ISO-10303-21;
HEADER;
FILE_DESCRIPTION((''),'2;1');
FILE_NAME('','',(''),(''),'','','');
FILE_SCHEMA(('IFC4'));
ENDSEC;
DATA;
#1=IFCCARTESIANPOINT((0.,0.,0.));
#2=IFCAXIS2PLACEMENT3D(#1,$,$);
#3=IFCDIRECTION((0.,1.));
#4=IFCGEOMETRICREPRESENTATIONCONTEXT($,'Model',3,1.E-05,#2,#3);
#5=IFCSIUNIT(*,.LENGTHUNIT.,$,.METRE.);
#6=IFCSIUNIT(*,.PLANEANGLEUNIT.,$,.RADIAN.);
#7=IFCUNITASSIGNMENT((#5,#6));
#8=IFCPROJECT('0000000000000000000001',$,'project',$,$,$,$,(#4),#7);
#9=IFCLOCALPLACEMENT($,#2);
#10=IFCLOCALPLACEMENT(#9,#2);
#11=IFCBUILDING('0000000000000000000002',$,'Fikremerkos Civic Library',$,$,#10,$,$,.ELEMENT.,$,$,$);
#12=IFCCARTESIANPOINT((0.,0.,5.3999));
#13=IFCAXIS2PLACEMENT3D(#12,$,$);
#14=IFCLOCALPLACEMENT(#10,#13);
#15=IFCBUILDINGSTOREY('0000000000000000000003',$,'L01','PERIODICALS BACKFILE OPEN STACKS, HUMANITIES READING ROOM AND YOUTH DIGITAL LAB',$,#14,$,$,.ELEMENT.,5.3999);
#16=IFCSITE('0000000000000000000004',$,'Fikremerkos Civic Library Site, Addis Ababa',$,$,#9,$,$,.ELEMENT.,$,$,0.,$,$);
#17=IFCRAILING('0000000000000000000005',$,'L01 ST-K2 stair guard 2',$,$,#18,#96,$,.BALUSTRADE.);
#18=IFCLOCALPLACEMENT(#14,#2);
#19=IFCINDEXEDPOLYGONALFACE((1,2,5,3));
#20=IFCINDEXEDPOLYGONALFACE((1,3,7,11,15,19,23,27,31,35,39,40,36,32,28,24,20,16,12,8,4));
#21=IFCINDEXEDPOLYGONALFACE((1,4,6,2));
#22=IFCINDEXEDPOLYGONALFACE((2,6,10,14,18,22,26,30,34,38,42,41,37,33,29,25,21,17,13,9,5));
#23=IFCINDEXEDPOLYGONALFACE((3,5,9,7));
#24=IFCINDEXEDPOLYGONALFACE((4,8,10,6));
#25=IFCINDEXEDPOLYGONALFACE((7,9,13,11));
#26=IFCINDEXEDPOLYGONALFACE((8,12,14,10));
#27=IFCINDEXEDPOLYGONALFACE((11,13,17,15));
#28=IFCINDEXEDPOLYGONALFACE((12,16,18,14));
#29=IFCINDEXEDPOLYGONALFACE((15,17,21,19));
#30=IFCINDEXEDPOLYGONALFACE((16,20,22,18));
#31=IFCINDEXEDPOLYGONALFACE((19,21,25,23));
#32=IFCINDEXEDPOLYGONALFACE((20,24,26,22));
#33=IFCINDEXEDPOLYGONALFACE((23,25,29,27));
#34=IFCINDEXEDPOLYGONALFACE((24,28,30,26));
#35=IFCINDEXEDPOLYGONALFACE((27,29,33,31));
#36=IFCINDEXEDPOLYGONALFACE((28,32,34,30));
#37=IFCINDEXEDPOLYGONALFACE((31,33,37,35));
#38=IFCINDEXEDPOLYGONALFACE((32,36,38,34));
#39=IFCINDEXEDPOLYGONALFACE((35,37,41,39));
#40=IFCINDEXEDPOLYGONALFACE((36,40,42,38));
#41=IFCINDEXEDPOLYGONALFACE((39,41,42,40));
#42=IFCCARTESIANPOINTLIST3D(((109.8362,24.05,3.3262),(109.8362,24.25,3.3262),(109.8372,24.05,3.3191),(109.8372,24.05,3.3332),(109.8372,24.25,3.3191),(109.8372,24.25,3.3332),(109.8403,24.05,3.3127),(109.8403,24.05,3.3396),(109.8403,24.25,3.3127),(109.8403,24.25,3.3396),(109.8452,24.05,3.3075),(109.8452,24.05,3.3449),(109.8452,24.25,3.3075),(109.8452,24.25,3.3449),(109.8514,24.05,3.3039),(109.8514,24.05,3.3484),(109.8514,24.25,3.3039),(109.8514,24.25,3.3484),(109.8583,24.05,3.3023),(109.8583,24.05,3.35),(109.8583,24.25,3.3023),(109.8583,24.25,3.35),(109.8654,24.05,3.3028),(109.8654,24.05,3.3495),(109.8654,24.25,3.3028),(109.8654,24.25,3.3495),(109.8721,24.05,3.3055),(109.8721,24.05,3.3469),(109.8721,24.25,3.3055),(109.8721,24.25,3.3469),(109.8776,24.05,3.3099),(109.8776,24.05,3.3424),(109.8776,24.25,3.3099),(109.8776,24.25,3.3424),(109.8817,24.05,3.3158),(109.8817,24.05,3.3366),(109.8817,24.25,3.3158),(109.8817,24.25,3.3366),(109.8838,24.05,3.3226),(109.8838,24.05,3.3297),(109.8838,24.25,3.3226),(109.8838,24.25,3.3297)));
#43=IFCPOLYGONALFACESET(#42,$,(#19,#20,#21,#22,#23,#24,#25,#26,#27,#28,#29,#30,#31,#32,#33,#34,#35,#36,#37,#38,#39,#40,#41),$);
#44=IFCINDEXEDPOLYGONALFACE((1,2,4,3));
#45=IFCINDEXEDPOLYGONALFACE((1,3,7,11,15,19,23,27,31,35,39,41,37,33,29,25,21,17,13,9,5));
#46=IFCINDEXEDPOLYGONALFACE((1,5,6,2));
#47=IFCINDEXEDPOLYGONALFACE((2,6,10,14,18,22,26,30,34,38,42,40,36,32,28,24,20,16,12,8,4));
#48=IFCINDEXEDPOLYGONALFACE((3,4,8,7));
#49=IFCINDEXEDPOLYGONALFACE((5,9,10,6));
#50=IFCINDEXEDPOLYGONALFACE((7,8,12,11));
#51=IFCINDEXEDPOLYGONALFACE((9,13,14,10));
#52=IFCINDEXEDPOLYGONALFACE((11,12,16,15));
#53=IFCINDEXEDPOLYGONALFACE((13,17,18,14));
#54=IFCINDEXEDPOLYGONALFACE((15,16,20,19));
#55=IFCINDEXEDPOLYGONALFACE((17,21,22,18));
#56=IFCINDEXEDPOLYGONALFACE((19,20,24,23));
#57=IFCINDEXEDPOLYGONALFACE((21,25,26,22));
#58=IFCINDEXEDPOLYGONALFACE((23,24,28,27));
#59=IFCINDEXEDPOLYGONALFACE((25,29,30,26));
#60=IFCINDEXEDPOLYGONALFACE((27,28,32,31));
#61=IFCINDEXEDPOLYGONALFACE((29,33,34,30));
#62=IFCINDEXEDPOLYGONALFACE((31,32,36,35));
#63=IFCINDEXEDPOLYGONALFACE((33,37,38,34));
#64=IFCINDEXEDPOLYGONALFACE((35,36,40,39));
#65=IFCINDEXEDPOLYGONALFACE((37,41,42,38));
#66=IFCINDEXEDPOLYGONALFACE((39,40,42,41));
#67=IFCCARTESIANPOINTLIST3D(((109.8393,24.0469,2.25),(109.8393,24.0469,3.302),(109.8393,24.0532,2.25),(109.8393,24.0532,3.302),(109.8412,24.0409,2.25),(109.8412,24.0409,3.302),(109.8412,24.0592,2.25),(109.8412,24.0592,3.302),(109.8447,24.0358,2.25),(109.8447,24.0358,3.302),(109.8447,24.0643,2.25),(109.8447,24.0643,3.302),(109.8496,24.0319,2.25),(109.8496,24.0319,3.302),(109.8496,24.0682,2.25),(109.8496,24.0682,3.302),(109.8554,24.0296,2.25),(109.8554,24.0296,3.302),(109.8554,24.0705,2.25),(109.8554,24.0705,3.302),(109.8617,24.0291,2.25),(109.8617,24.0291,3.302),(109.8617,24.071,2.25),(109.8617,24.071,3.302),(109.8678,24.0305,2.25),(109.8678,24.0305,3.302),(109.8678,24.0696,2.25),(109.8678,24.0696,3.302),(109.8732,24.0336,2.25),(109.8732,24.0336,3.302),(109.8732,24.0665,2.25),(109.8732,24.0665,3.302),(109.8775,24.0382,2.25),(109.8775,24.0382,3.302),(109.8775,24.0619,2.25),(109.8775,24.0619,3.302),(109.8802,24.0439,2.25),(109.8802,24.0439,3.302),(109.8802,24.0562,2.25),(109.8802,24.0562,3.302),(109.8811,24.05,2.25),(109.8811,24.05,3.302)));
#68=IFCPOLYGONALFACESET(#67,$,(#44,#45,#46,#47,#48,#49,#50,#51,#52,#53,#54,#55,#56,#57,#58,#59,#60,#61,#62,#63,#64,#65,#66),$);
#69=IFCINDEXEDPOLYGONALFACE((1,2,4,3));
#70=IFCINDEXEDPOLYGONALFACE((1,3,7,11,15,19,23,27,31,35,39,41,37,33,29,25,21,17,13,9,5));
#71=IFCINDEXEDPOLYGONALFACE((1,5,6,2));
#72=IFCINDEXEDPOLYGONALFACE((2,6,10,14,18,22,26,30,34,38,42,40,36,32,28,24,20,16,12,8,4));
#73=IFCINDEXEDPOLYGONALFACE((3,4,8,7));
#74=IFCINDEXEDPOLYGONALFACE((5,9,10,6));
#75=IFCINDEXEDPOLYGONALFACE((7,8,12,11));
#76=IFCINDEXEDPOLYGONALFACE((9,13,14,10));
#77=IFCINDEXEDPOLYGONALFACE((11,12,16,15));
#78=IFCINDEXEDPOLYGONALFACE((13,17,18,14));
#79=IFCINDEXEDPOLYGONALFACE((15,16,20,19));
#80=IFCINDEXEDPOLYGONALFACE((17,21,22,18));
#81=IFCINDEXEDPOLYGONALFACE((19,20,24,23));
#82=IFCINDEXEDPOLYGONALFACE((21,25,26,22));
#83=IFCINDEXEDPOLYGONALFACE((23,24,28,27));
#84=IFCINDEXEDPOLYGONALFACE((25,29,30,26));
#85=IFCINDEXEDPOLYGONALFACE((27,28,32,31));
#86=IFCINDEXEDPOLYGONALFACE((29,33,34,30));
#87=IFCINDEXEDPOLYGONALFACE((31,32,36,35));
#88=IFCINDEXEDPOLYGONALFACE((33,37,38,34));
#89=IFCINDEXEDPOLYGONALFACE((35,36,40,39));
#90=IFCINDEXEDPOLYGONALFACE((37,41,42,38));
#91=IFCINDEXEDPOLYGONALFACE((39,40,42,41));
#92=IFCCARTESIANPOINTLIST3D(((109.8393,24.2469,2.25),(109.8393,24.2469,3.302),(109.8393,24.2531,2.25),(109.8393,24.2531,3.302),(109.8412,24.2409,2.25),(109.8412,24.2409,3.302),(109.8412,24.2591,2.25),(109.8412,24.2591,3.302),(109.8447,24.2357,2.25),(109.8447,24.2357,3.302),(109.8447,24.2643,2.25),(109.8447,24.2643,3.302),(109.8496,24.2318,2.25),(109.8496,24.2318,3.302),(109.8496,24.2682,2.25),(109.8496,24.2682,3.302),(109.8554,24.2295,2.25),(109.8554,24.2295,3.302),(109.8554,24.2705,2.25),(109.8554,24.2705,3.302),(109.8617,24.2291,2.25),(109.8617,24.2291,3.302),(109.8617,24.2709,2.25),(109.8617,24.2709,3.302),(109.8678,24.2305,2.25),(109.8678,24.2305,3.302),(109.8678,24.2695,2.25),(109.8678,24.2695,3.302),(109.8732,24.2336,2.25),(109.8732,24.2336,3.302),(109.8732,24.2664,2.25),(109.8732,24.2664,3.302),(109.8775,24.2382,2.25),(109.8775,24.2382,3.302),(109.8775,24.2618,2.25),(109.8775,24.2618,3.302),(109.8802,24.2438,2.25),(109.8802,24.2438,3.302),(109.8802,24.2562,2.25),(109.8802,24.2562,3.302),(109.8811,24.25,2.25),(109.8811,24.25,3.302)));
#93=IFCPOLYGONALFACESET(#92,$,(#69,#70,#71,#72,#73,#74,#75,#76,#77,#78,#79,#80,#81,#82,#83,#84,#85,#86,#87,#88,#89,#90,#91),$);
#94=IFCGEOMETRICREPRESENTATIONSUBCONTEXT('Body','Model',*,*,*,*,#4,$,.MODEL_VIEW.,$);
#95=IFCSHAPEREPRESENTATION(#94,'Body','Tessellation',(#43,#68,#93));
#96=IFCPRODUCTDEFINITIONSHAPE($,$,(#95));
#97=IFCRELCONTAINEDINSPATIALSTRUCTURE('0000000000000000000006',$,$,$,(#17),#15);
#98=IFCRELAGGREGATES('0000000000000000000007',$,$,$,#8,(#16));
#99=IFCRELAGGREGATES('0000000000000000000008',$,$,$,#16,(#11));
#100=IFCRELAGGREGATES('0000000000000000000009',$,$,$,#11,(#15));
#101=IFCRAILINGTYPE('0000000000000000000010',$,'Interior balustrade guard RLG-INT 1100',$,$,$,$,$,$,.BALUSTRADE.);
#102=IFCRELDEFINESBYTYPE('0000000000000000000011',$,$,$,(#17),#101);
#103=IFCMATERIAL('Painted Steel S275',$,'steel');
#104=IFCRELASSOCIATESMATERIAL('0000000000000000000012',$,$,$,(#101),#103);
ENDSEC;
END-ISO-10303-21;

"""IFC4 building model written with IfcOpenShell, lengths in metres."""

from ifc_helpers import new_model, si_unit, direction, frame, origin, origin_2d, place, context, subcontext, project, spatial, circle, extrude, material, type_object, element, save


model = new_model("IFC4")

# Units and contexts
model_context = context("Model", 3, precision=1e-05, world=origin(), true_north=direction((0.0, 1.0)))
body_context = subcontext(model_context, "Body", "Model", "MODEL_VIEW")
ifc_project = project(units=[si_unit("LENGTHUNIT", "METRE"), si_unit("PLANEANGLEUNIT", "RADIAN")], contexts=[model_context])

# Site, building, storey
site_placement = place(None, origin())
site = spatial("IfcSite", under=ifc_project, at=site_placement, Name="Fikremerkos Civic Library Site, Addis Ababa", CompositionType="ELEMENT", RefElevation=0.0)
building_placement = place(site_placement, origin())
building = spatial("IfcBuilding", under=site, at=building_placement, Name="Fikremerkos Civic Library", CompositionType="ELEMENT")
storey_placement = place(building_placement, frame((0.0, 0.0, 5.3999)))
storey = spatial("IfcBuildingStorey", under=building, at=storey_placement, Name="L01", Description="PERIODICALS BACKFILE OPEN STACKS, HUMANITIES READING ROOM AND YOUTH DIGITAL LAB", CompositionType="ELEMENT", Elevation=5.3999)

# Railing
ifc_material_1 = material(Name="Painted Steel S275", Category="steel")
railing_type_1 = type_object("IfcRailingType", Name="Interior balustrade guard RLG-INT 1100", PredefinedType="BALUSTRADE", material=ifc_material_1)
railing_1_placement = place(storey_placement, frame((109.8601, 24.05, 2.25)))
element("IfcRailing", 1, at=railing_1_placement, inside=storey, type_object=railing_type_1, Name="L01 ST-K2 stair guard 2", PredefinedType="BALUSTRADE", context=body_context, shape_type="SweptSolid", body=[
    extrude(circle(Radius=0.0239, at=origin_2d()), frame((0.0, 0.0, 1.0762), z_axis=(0.0, 1.0, 0.0), x_axis=(-1.0, 0.0, 0.0)), (0.0, 0.0, 1.0), 0.2),
    extrude(circle(Radius=0.021, at=origin_2d()), origin(), (0.0, 0.0, 1.0), 1.052),
    extrude(circle(Radius=0.021, at=origin_2d()), frame((0.0, 0.2, 0.0)), (0.0, 0.0, 1.0), 1.052),
])

save(model, "model.ifc")
